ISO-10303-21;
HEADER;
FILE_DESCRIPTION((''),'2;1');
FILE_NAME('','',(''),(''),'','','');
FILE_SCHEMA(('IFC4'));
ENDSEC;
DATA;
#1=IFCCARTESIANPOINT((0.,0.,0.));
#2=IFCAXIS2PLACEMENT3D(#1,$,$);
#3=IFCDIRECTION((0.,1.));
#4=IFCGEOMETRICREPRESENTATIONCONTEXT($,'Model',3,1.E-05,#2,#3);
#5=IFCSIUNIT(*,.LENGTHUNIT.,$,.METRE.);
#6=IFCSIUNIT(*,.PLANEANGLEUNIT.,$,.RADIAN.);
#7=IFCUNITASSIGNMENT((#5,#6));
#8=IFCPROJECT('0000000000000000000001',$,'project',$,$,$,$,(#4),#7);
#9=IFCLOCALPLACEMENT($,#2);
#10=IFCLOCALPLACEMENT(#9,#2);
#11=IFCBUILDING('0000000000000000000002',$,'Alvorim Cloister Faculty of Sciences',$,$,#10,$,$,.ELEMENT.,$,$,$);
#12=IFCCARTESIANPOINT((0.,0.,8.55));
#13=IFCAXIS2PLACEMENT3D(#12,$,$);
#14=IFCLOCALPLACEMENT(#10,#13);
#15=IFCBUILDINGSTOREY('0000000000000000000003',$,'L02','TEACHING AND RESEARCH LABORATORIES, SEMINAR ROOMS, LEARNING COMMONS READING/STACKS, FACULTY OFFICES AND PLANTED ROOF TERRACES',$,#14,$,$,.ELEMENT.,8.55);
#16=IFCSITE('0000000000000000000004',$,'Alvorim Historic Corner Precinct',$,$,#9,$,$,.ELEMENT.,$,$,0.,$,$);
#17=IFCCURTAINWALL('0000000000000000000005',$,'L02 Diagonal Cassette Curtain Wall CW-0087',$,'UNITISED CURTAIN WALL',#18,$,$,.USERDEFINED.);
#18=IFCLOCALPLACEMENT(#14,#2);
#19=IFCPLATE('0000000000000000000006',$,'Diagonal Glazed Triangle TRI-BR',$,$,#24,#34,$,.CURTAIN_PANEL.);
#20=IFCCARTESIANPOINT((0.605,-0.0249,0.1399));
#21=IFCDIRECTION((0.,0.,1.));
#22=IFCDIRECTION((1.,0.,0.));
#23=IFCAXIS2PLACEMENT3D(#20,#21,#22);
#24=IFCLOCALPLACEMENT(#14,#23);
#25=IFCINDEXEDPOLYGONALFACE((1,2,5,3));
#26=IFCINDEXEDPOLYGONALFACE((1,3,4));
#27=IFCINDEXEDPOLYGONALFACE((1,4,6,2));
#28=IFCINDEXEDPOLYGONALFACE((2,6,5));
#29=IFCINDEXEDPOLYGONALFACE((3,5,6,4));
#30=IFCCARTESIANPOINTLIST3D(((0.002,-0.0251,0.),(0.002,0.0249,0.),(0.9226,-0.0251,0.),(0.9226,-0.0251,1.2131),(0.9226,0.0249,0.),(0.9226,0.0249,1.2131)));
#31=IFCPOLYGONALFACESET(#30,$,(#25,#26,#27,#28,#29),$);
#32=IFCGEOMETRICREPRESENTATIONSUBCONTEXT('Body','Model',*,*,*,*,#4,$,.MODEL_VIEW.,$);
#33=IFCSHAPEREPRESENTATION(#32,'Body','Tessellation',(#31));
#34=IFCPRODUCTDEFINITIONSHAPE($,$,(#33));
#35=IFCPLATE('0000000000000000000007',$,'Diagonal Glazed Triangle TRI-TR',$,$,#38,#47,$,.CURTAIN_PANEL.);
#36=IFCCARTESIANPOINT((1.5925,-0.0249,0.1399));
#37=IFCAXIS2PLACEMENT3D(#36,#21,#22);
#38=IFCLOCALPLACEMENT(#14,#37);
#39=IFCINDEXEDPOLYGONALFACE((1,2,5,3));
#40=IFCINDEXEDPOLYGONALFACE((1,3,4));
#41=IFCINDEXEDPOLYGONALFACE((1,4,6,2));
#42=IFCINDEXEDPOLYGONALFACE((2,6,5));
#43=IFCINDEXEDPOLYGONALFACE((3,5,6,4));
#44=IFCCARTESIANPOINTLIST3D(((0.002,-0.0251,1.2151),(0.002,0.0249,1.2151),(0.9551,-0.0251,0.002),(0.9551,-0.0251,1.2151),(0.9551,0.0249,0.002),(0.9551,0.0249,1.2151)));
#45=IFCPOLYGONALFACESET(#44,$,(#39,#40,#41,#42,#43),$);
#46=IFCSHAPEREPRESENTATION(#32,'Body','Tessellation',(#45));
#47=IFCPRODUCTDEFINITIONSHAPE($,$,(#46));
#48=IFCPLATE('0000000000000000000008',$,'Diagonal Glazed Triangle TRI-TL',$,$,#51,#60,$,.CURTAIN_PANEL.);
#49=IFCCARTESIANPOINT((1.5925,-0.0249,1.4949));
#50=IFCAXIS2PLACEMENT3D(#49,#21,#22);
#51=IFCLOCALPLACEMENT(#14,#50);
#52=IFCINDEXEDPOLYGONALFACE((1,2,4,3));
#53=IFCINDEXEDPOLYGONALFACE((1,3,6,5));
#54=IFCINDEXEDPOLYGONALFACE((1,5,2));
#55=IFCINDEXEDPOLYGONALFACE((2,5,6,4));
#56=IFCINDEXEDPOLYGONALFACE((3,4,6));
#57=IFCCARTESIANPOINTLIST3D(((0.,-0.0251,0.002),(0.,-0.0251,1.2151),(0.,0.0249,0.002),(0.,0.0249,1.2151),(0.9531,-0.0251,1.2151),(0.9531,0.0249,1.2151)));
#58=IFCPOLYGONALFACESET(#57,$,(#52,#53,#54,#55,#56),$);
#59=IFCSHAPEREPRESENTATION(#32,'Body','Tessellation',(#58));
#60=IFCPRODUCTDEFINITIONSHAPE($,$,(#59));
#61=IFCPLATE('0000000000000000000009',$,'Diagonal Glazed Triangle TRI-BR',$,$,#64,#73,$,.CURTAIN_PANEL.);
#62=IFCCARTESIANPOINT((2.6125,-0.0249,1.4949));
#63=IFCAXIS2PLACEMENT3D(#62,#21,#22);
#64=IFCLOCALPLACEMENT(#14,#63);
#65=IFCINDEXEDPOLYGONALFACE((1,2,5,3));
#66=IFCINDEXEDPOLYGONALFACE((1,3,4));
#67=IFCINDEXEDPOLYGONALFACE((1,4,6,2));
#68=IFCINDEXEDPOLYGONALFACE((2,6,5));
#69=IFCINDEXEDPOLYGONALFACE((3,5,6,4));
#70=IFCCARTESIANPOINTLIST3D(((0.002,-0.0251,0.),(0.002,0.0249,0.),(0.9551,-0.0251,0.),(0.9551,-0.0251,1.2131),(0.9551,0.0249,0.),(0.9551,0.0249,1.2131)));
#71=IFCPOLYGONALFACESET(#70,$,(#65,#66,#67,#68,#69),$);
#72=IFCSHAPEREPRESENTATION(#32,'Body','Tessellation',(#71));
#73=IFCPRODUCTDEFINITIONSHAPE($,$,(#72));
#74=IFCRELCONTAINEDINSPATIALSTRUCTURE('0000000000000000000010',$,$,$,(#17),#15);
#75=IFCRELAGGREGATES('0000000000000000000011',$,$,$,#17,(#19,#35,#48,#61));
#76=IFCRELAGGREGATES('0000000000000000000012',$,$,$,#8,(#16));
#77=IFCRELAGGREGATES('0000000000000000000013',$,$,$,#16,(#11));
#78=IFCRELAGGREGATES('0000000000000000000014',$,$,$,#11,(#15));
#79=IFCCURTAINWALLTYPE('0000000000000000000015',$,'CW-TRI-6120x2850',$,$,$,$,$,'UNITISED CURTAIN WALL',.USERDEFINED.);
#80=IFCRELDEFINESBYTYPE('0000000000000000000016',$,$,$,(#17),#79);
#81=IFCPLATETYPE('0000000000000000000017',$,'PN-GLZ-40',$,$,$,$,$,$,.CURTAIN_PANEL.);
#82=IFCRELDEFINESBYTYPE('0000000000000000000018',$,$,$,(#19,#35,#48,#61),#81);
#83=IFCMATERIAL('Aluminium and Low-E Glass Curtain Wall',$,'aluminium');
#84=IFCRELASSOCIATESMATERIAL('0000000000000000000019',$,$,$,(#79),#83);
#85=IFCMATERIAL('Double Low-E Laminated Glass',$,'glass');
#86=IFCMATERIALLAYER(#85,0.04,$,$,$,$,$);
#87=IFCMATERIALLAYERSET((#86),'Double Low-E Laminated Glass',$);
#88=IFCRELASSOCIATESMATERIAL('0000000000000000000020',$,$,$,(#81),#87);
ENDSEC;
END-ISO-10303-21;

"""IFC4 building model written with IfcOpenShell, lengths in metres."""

from ifc_helpers import new_model, si_unit, direction, frame, origin, place, context, subcontext, project, spatial, polyline, outline, extrude, material, layer, layer_set, type_object, element, aggregate, save


model = new_model("IFC4")

# Units and contexts
model_context = context("Model", 3, precision=1e-05, world=origin(), true_north=direction((0.0, 1.0)))
body_context = subcontext(model_context, "Body", "Model", "MODEL_VIEW")
ifc_project = project(units=[si_unit("LENGTHUNIT", "METRE"), si_unit("PLANEANGLEUNIT", "RADIAN")], contexts=[model_context])

# Site, building, storey
site_placement = place(None, origin())
site = spatial("IfcSite", under=ifc_project, at=site_placement, Name="Alvorim Historic Corner Precinct", CompositionType="ELEMENT", RefElevation=0.0)
building_placement = place(site_placement, origin())
building = spatial("IfcBuilding", under=site, at=building_placement, Name="Alvorim Cloister Faculty of Sciences", CompositionType="ELEMENT")
storey_placement = place(building_placement, frame((0.0, 0.0, 8.55)))
storey = spatial("IfcBuildingStorey", under=building, at=storey_placement, Name="L02", Description="TEACHING AND RESEARCH LABORATORIES, SEMINAR ROOMS, LEARNING COMMONS READING/STACKS, FACULTY OFFICES AND PLANTED ROOF TERRACES", CompositionType="ELEMENT", Elevation=8.55)

# Curtain wall, plates
ifc_material_1 = material(Name="Aluminium and Low-E Glass Curtain Wall", Category="aluminium")
curtain_wall_type = type_object("IfcCurtainWallType", Name="CW-TRI-6120x2850", ElementType="UNITISED CURTAIN WALL", PredefinedType="USERDEFINED", material=ifc_material_1)
curtain_wall_placement = place(storey_placement, origin())
curtain_wall = element("IfcCurtainWall", 1, at=curtain_wall_placement, inside=storey, type_object=curtain_wall_type, Name="L02 Diagonal Cassette Curtain Wall CW-0087", ObjectType="UNITISED CURTAIN WALL", PredefinedType="USERDEFINED")
ifc_material_2 = material(Name="Double Low-E Laminated Glass", Category="glass")
ifc_layer_1 = layer(ifc_material_2, 0.04)
ifc_layer_set_1 = layer_set([ifc_layer_1], Name="Double Low-E Laminated Glass")
plate_type = type_object("IfcPlateType", Name="PN-GLZ-40", PredefinedType="CURTAIN_PANEL", material=ifc_layer_set_1)
plate_1_placement = place(storey_placement, frame((0.605, -0.0249, 0.1399), z_axis=(0.0, 0.0, 1.0), x_axis=(1.0, 0.0, 0.0)))
plate_1 = element("IfcPlate", 2, at=plate_1_placement, type_object=plate_type, Name="Diagonal Glazed Triangle TRI-BR", PredefinedType="CURTAIN_PANEL", context=body_context, shape_type="SweptSolid", body=[
    extrude(outline(polyline([(0.002, 0.0), (0.9226, 0.0), (0.9226, 1.2131), (0.002, 0.0)])), frame((0.0, 0.0249, 0.0), z_axis=(0.0, -1.0, 0.0), x_axis=(1.0, 0.0, 0.0)), (0.0, 0.0, 1.0), 0.05),
])
plate_2_placement = place(storey_placement, frame((1.5925, -0.0249, 0.1399), z_axis=(0.0, 0.0, 1.0), x_axis=(1.0, 0.0, 0.0)))
plate_2 = element("IfcPlate", 3, at=plate_2_placement, type_object=plate_type, Name="Diagonal Glazed Triangle TRI-TR", PredefinedType="CURTAIN_PANEL", context=body_context, shape_type="SweptSolid", body=[
    extrude(outline(polyline([(0.9551, 0.002), (0.9551, 1.2151), (0.002, 1.2151), (0.9551, 0.002)])), frame((0.0, 0.0249, 0.0), z_axis=(0.0, -1.0, 0.0), x_axis=(1.0, 0.0, 0.0)), (0.0, 0.0, 1.0), 0.05),
])
plate_3_placement = place(storey_placement, frame((1.5925, -0.0249, 1.4949), z_axis=(0.0, 0.0, 1.0), x_axis=(1.0, 0.0, 0.0)))
plate_3 = element("IfcPlate", 4, at=plate_3_placement, type_object=plate_type, Name="Diagonal Glazed Triangle TRI-TL", PredefinedType="CURTAIN_PANEL", context=body_context, shape_type="SweptSolid", body=[
    extrude(outline(polyline([(0.9531, 1.2151), (0.0, 1.2151), (0.0, 0.002), (0.9531, 1.2151)])), frame((0.0, 0.0249, 0.0), z_axis=(0.0, -1.0, 0.0), x_axis=(1.0, 0.0, 0.0)), (0.0, 0.0, 1.0), 0.05),
])
plate_4_placement = place(storey_placement, frame((2.6125, -0.0249, 1.4949), z_axis=(0.0, 0.0, 1.0), x_axis=(1.0, 0.0, 0.0)))
plate_4 = element("IfcPlate", 5, at=plate_4_placement, type_object=plate_type, Name="Diagonal Glazed Triangle TRI-BR", PredefinedType="CURTAIN_PANEL", context=body_context, shape_type="SweptSolid", body=[
    extrude(outline(polyline([(0.002, 0.0), (0.9551, 0.0), (0.9551, 1.2131), (0.002, 0.0)])), frame((0.0, 0.0249, 0.0), z_axis=(0.0, -1.0, 0.0), x_axis=(1.0, 0.0, 0.0)), (0.0, 0.0, 1.0), 0.05),
])
aggregate(curtain_wall, [plate_1, plate_2, plate_3, plate_4])

save(model, "model.ifc")
